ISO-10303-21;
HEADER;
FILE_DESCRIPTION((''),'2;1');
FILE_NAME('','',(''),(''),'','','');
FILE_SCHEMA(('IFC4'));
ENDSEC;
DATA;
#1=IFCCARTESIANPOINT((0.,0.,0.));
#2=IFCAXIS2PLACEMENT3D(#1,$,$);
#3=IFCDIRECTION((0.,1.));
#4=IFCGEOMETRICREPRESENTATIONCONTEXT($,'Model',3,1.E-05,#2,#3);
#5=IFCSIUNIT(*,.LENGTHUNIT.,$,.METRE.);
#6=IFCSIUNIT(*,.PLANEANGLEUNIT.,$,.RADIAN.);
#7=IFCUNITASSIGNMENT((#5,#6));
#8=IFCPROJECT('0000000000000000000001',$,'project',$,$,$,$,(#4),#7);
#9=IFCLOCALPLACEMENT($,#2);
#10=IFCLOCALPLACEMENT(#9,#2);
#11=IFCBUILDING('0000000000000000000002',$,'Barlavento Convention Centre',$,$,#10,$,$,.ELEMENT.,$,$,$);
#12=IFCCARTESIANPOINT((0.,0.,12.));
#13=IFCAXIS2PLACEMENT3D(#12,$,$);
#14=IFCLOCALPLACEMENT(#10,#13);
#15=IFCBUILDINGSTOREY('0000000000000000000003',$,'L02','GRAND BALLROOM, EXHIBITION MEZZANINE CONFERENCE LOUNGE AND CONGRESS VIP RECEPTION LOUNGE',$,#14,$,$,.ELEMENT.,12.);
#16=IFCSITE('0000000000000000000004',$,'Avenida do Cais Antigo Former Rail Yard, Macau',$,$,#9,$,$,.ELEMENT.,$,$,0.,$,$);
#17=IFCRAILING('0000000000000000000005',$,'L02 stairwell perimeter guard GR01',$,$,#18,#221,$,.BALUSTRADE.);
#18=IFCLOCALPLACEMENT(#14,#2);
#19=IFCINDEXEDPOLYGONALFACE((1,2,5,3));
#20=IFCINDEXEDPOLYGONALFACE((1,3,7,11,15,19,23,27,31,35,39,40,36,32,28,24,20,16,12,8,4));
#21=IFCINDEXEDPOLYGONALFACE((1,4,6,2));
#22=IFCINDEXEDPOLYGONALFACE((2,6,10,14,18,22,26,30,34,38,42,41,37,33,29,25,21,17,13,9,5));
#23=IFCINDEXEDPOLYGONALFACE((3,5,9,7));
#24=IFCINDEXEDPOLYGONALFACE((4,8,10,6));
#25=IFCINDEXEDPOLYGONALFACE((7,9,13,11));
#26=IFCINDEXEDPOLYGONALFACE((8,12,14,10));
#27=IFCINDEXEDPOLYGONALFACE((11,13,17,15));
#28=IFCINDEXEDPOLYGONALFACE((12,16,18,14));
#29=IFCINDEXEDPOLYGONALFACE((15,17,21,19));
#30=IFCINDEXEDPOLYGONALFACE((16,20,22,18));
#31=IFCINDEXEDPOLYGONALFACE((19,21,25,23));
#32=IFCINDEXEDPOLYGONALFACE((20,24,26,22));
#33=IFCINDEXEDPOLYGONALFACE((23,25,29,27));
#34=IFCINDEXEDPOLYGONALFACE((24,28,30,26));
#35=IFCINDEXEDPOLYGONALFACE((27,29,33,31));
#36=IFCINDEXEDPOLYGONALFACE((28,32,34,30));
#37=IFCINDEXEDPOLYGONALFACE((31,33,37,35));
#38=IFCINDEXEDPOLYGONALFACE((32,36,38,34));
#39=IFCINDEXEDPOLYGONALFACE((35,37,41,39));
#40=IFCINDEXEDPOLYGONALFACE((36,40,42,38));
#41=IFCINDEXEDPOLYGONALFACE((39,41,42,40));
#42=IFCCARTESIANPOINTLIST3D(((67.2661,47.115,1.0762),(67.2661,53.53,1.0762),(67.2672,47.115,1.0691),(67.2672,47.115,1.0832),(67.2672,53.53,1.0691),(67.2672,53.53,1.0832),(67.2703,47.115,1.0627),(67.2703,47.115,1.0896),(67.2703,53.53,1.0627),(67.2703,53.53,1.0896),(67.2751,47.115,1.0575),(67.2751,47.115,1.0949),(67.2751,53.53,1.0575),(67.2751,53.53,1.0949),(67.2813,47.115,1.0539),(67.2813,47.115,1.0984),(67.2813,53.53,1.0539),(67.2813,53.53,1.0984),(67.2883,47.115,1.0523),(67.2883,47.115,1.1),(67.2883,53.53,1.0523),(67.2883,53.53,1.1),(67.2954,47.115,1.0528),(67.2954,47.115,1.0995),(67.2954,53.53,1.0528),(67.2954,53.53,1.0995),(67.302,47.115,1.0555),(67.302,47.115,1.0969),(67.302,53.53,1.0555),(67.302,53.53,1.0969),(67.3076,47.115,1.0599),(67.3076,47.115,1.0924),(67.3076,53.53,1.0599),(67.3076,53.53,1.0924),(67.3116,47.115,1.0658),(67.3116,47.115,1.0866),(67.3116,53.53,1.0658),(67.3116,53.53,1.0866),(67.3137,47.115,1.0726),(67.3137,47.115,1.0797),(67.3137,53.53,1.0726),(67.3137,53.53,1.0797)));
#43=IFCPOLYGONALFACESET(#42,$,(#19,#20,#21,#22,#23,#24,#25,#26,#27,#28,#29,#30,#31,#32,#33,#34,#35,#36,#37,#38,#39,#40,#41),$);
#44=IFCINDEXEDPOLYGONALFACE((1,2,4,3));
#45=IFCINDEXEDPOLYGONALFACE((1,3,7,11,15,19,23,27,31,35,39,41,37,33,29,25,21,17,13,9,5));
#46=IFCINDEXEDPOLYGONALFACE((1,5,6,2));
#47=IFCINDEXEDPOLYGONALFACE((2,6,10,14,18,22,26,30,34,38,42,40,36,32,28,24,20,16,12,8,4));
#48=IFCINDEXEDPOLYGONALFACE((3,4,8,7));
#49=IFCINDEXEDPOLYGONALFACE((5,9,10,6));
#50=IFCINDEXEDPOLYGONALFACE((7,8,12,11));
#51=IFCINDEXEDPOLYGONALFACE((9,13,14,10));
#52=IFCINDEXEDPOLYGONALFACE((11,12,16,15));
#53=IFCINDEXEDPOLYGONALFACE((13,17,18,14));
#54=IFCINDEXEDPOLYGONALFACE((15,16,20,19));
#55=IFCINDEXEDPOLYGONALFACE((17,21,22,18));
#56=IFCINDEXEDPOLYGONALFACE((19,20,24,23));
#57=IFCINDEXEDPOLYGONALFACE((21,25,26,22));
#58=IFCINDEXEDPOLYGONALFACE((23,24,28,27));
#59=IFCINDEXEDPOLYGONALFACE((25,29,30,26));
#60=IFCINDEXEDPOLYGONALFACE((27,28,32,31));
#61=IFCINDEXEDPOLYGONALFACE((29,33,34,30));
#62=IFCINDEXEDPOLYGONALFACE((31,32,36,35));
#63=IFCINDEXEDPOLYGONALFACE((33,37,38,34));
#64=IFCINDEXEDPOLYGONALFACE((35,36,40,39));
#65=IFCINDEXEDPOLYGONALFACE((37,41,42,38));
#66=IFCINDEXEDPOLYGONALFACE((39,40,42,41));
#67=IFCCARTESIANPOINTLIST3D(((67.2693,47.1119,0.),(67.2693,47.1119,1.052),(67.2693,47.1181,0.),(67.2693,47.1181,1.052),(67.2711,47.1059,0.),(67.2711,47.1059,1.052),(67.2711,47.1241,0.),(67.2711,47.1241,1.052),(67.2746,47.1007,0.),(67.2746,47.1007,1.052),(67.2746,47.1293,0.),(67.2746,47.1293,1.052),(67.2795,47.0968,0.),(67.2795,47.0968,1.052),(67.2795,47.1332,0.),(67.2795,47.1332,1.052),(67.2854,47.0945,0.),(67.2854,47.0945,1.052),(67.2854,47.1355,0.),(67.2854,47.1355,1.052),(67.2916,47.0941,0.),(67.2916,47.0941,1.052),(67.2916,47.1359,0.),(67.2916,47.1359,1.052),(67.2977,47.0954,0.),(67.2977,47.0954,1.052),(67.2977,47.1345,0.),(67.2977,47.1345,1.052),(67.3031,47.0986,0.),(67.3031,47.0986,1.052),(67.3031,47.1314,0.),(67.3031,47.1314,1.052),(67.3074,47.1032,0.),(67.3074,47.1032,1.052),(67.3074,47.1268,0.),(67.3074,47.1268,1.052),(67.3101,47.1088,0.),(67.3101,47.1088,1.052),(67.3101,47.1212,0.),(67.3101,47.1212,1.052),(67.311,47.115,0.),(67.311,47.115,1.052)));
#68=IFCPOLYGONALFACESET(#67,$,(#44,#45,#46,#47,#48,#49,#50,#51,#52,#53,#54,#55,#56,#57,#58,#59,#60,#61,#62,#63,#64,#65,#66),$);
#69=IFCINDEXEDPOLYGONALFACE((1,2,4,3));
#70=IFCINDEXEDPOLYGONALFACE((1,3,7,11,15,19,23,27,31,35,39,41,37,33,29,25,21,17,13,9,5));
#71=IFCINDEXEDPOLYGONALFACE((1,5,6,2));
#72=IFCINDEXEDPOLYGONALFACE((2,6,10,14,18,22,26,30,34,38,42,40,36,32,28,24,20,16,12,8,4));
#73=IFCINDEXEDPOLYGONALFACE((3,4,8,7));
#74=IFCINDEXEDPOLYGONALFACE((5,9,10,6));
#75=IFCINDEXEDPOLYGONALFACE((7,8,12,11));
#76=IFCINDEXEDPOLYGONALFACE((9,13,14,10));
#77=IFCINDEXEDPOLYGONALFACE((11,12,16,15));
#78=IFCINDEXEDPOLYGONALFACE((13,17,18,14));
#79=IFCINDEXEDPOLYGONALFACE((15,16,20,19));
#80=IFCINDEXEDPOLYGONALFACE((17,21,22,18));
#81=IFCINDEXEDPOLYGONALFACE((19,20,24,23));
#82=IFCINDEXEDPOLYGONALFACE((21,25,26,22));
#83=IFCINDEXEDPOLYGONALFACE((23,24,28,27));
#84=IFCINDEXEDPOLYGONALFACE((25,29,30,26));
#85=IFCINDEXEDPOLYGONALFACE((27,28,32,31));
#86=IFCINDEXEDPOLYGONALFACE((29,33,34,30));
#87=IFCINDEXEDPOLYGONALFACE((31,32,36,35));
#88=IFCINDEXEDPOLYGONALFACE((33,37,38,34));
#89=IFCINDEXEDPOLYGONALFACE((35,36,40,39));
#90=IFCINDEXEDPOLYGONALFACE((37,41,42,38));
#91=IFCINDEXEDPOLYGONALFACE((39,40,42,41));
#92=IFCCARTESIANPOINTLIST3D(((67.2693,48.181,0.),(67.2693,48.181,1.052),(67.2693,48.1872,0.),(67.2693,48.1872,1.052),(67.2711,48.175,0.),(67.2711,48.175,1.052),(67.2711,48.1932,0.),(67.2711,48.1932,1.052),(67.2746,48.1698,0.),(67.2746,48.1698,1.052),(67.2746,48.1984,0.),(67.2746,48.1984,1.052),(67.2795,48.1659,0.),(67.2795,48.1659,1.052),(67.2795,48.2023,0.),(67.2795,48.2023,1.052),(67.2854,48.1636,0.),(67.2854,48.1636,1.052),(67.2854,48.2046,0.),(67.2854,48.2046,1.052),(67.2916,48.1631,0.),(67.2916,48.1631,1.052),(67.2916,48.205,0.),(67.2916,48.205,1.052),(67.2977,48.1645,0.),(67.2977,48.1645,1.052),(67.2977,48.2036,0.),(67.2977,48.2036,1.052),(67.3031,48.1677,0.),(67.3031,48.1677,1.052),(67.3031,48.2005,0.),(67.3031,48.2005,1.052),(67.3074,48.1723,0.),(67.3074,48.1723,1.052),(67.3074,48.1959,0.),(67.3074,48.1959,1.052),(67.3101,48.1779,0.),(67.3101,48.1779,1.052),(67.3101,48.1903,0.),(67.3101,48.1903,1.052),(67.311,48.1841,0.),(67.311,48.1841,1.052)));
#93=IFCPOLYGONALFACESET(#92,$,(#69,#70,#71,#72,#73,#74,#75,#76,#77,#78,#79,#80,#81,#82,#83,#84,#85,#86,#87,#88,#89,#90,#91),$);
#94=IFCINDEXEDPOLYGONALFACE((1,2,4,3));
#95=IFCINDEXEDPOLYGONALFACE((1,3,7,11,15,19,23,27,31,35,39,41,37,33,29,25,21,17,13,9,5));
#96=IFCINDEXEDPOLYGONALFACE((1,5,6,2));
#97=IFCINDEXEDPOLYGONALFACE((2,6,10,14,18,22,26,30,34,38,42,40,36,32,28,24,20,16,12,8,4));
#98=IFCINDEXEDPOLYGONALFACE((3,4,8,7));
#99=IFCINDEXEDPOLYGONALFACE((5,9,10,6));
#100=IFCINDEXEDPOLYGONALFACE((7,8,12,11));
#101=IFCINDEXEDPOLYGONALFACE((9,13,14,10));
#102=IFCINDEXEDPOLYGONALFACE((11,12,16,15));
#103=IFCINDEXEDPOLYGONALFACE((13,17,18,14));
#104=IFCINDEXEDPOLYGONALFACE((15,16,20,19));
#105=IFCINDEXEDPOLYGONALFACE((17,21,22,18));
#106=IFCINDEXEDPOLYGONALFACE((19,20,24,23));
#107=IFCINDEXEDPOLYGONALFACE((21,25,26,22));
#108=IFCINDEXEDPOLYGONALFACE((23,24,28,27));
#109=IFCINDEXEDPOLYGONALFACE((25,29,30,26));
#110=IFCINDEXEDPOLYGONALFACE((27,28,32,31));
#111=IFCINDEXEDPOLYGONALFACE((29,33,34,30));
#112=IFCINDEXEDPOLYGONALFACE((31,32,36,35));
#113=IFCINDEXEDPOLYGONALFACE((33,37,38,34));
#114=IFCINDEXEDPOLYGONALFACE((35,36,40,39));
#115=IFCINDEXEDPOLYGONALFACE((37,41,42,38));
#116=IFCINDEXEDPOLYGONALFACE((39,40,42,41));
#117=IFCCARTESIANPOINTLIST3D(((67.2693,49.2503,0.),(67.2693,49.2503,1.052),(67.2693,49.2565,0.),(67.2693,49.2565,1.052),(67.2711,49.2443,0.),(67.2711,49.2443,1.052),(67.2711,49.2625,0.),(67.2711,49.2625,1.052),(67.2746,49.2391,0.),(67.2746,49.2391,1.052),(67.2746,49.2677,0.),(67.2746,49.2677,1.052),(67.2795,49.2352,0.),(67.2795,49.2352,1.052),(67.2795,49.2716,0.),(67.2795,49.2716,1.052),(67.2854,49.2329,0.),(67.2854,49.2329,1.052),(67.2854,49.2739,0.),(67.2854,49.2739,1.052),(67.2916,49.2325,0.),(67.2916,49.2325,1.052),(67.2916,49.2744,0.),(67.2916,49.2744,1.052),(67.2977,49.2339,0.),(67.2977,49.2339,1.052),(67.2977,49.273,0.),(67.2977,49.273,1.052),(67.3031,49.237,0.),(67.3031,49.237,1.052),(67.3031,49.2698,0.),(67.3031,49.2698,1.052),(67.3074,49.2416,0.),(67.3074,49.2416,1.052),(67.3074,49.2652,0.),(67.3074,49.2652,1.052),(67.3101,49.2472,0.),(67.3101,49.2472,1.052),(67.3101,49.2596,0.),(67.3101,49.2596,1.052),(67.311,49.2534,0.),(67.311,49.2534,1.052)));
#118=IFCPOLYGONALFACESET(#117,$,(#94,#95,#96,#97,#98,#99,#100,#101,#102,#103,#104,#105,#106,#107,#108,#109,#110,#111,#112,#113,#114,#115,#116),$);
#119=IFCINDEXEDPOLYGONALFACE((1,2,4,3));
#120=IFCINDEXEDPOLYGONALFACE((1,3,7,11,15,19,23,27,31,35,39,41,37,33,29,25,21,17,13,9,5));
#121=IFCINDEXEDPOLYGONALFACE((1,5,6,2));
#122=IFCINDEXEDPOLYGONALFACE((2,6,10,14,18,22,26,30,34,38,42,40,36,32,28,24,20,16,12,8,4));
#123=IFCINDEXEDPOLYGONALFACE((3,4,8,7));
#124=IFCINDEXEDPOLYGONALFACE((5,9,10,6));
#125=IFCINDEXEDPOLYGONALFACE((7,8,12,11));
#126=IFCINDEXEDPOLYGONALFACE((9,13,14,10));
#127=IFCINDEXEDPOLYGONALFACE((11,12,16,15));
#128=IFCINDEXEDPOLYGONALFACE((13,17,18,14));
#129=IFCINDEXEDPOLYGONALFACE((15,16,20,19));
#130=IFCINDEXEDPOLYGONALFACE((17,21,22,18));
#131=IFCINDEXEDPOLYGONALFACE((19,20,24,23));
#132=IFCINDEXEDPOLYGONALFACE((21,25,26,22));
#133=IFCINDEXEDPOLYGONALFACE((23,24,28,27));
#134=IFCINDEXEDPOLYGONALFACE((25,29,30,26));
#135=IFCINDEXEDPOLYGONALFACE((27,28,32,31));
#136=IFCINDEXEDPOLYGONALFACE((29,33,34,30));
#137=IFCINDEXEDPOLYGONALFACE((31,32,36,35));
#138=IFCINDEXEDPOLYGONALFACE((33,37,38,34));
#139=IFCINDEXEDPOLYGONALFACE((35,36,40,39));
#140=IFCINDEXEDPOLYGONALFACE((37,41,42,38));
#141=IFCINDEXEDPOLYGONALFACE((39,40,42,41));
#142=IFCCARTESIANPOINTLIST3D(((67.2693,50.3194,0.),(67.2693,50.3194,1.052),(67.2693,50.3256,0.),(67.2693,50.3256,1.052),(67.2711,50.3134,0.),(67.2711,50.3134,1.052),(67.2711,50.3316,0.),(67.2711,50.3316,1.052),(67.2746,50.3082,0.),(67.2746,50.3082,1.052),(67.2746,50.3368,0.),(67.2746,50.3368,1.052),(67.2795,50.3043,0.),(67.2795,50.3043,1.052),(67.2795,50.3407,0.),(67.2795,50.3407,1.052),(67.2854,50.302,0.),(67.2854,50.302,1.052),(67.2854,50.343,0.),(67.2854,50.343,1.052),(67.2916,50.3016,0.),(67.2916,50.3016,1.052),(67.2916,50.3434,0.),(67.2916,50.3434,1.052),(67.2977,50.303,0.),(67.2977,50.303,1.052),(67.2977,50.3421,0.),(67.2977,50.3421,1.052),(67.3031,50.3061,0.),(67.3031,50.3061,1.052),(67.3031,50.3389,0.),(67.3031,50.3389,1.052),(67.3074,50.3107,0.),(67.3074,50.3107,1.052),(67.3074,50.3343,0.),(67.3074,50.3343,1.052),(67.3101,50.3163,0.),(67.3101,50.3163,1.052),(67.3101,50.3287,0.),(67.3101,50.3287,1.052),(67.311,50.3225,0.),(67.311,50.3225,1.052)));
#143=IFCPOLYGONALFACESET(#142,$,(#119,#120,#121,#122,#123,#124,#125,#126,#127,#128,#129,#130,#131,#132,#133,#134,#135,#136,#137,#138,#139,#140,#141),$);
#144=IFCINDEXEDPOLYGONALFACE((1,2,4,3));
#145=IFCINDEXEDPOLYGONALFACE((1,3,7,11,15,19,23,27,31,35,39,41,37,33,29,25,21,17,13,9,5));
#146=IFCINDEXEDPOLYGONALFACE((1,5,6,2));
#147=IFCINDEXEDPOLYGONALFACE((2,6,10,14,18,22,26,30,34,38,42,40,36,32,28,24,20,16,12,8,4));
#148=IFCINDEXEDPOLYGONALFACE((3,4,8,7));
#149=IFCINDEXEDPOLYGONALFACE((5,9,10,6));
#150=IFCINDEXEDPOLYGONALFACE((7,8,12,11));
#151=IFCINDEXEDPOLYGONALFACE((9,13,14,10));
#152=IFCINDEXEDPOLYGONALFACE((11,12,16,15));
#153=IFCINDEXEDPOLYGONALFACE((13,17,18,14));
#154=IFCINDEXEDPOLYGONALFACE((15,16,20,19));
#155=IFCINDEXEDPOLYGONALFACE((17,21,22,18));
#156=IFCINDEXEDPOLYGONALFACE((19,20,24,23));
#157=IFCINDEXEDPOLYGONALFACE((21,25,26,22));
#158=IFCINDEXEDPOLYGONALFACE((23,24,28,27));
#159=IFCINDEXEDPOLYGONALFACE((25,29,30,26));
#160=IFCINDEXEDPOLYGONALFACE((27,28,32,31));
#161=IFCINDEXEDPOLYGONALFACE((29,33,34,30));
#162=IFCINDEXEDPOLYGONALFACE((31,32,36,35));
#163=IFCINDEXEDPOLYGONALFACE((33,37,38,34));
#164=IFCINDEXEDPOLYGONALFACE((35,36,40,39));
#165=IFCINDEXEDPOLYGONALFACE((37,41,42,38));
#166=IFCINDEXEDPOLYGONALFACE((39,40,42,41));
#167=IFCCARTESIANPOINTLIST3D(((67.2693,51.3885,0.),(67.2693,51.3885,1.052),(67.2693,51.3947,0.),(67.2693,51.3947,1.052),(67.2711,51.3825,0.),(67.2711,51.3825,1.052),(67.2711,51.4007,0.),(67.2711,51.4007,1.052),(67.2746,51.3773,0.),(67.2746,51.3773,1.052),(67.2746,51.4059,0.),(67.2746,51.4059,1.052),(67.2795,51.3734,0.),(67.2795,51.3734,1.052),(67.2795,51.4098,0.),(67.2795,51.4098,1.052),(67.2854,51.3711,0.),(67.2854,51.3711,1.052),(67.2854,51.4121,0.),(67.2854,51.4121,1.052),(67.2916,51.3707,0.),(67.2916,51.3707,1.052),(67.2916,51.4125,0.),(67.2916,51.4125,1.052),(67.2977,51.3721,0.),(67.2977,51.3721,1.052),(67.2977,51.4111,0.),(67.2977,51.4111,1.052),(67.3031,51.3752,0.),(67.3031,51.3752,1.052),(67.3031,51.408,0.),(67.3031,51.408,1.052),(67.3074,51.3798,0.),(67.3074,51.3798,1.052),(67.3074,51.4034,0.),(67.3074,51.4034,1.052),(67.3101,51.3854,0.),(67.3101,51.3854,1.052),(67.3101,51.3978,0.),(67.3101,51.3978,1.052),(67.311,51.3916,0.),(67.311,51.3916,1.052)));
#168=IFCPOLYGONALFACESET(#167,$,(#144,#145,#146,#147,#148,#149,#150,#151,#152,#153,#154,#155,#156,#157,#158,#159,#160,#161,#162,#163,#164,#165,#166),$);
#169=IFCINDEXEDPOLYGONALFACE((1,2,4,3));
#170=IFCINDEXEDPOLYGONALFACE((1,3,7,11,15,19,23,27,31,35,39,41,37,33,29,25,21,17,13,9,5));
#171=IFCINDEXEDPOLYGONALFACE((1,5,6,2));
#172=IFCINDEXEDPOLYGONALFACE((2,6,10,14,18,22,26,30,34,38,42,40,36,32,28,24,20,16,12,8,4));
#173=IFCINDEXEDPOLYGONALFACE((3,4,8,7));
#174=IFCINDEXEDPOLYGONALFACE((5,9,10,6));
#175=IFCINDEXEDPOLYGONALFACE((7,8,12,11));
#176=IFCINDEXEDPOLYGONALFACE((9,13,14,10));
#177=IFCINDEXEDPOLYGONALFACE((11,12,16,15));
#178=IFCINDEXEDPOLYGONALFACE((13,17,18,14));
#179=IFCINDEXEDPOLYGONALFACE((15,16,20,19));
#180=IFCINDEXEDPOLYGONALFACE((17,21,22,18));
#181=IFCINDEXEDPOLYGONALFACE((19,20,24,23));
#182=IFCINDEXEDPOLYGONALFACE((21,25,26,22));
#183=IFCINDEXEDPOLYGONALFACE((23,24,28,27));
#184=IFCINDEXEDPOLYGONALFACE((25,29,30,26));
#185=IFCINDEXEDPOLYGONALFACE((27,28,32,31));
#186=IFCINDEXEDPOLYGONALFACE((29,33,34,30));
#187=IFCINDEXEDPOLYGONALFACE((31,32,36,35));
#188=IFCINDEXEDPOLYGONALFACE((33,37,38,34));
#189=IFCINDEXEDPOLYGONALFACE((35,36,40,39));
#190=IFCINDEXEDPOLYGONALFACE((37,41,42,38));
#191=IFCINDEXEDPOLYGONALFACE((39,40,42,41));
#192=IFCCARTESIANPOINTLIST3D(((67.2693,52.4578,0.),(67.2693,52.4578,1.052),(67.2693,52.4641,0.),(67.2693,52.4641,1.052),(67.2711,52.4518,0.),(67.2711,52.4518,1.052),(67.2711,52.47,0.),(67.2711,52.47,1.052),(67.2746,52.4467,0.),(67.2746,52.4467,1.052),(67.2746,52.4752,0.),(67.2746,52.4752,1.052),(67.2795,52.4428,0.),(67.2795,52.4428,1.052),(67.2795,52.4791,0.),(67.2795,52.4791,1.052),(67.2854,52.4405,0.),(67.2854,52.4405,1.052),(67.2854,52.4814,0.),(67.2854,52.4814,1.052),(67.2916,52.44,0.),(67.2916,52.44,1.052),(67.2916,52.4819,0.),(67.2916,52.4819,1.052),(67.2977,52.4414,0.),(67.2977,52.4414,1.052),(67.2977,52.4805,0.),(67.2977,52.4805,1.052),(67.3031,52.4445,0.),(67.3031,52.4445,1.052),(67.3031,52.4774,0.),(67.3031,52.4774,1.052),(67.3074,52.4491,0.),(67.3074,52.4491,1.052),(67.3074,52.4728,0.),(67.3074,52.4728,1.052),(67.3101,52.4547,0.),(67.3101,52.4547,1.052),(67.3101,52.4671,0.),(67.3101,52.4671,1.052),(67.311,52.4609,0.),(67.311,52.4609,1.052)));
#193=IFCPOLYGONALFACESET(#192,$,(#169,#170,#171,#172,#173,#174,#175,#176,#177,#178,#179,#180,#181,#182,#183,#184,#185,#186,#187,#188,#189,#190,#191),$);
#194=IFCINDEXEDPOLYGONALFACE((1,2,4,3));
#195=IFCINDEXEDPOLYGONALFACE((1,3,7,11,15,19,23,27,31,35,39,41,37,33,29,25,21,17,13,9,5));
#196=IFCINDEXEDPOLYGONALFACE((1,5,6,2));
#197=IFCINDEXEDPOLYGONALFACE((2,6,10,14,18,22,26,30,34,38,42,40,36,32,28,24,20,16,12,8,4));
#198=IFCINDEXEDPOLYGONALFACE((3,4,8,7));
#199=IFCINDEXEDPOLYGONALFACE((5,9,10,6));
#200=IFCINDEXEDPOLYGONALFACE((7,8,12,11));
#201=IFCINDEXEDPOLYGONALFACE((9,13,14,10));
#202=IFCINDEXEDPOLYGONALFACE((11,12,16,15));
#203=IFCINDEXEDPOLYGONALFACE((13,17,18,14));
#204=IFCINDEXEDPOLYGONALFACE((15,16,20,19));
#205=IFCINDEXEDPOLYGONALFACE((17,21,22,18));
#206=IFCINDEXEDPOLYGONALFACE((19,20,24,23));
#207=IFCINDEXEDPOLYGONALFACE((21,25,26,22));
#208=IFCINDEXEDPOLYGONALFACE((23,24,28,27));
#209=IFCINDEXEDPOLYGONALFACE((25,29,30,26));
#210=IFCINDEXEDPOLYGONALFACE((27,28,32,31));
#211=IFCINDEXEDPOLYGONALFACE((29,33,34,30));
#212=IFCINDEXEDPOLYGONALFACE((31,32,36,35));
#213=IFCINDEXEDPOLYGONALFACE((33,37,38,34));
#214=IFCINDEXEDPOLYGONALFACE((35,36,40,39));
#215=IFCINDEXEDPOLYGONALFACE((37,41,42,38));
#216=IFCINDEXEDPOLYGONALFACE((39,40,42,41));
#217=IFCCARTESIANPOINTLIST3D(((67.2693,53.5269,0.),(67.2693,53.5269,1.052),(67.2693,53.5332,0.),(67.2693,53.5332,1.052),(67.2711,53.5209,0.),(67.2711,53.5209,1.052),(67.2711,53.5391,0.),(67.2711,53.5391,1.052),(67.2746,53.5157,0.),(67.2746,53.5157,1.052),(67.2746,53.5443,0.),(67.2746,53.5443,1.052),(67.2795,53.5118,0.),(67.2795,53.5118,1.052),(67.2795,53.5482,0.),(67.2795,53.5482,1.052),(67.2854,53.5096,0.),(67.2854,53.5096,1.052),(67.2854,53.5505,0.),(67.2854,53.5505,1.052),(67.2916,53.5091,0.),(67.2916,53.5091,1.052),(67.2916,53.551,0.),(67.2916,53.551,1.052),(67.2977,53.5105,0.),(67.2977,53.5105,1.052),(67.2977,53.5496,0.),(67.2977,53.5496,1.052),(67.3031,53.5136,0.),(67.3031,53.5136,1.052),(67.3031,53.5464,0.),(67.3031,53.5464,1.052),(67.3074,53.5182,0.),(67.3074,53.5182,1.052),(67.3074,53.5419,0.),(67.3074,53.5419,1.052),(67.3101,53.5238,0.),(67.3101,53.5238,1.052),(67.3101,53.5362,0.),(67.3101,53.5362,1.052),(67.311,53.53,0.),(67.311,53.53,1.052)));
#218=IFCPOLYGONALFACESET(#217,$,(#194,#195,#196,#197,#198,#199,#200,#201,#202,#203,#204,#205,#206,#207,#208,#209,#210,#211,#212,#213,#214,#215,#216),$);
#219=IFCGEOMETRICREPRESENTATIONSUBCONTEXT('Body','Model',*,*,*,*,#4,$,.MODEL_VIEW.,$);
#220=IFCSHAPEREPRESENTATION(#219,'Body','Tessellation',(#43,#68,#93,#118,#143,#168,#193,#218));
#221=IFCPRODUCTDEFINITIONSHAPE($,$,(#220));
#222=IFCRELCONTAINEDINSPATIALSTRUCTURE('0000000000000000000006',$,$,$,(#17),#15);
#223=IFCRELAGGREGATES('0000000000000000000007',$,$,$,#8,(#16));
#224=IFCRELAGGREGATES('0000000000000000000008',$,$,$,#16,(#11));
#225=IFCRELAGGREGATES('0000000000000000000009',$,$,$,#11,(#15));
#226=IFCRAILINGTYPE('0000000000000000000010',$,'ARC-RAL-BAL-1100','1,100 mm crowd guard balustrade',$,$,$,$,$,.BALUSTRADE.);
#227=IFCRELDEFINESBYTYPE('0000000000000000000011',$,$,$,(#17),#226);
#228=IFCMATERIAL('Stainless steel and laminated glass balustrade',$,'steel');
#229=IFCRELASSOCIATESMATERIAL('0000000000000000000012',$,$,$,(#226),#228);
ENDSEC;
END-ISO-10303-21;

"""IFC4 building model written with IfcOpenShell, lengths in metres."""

from ifc_helpers import new_model, si_unit, direction, frame, origin, origin_2d, place, context, subcontext, project, spatial, circle, extrude, material, type_object, element, save


model = new_model("IFC4")

# Units and contexts
model_context = context("Model", 3, precision=1e-05, world=origin(), true_north=direction((0.0, 1.0)))
body_context = subcontext(model_context, "Body", "Model", "MODEL_VIEW")
ifc_project = project(units=[si_unit("LENGTHUNIT", "METRE"), si_unit("PLANEANGLEUNIT", "RADIAN")], contexts=[model_context])

# Site, building, storey
site_placement = place(None, origin())
site = spatial("IfcSite", under=ifc_project, at=site_placement, Name="Avenida do Cais Antigo Former Rail Yard, Macau", CompositionType="ELEMENT", RefElevation=0.0)
building_placement = place(site_placement, origin())
building = spatial("IfcBuilding", under=site, at=building_placement, Name="Barlavento Convention Centre", CompositionType="ELEMENT")
storey_placement = place(building_placement, frame((0.0, 0.0, 12.0)))
storey = spatial("IfcBuildingStorey", under=building, at=storey_placement, Name="L02", Description="GRAND BALLROOM, EXHIBITION MEZZANINE CONFERENCE LOUNGE AND CONGRESS VIP RECEPTION LOUNGE", CompositionType="ELEMENT", Elevation=12.0)

# Railing
ifc_material_1 = material(Name="Stainless steel and laminated glass balustrade", Category="steel")
railing_type_1 = type_object("IfcRailingType", Name="ARC-RAL-BAL-1100", Description="1,100 mm crowd guard balustrade", PredefinedType="BALUSTRADE", material=ifc_material_1)
railing_1_placement = place(storey_placement, frame((67.29, 47.115, 0.0)))
element("IfcRailing", 1, at=railing_1_placement, inside=storey, type_object=railing_type_1, Name="L02 stairwell perimeter guard GR01", PredefinedType="BALUSTRADE", context=body_context, shape_type="SweptSolid", body=[
    extrude(circle(Radius=0.0239, at=origin_2d()), frame((0.0, 0.0, 1.0762), z_axis=(0.0, 1.0, 0.0), x_axis=(-1.0, 0.0, 0.0)), (0.0, 0.0, 1.0), 6.415),
    extrude(circle(Radius=0.021, at=origin_2d()), origin(), (0.0, 0.0, 1.0), 1.052),
    extrude(circle(Radius=0.021, at=origin_2d()), frame((0.0, 1.0691, 0.0)), (0.0, 0.0, 1.0), 1.052),
    extrude(circle(Radius=0.021, at=origin_2d()), frame((0.0, 2.1384, 0.0)), (0.0, 0.0, 1.0), 1.052),
    extrude(circle(Radius=0.021, at=origin_2d()), frame((0.0, 3.2075, 0.0)), (0.0, 0.0, 1.0), 1.052),
    extrude(circle(Radius=0.021, at=origin_2d()), frame((0.0, 4.2766, 0.0)), (0.0, 0.0, 1.0), 1.052),
    extrude(circle(Radius=0.021, at=origin_2d()), frame((0.0, 5.3459, 0.0)), (0.0, 0.0, 1.0), 1.052),
    extrude(circle(Radius=0.021, at=origin_2d()), frame((0.0, 6.415, 0.0)), (0.0, 0.0, 1.0), 1.052),
])

save(model, "model.ifc")
